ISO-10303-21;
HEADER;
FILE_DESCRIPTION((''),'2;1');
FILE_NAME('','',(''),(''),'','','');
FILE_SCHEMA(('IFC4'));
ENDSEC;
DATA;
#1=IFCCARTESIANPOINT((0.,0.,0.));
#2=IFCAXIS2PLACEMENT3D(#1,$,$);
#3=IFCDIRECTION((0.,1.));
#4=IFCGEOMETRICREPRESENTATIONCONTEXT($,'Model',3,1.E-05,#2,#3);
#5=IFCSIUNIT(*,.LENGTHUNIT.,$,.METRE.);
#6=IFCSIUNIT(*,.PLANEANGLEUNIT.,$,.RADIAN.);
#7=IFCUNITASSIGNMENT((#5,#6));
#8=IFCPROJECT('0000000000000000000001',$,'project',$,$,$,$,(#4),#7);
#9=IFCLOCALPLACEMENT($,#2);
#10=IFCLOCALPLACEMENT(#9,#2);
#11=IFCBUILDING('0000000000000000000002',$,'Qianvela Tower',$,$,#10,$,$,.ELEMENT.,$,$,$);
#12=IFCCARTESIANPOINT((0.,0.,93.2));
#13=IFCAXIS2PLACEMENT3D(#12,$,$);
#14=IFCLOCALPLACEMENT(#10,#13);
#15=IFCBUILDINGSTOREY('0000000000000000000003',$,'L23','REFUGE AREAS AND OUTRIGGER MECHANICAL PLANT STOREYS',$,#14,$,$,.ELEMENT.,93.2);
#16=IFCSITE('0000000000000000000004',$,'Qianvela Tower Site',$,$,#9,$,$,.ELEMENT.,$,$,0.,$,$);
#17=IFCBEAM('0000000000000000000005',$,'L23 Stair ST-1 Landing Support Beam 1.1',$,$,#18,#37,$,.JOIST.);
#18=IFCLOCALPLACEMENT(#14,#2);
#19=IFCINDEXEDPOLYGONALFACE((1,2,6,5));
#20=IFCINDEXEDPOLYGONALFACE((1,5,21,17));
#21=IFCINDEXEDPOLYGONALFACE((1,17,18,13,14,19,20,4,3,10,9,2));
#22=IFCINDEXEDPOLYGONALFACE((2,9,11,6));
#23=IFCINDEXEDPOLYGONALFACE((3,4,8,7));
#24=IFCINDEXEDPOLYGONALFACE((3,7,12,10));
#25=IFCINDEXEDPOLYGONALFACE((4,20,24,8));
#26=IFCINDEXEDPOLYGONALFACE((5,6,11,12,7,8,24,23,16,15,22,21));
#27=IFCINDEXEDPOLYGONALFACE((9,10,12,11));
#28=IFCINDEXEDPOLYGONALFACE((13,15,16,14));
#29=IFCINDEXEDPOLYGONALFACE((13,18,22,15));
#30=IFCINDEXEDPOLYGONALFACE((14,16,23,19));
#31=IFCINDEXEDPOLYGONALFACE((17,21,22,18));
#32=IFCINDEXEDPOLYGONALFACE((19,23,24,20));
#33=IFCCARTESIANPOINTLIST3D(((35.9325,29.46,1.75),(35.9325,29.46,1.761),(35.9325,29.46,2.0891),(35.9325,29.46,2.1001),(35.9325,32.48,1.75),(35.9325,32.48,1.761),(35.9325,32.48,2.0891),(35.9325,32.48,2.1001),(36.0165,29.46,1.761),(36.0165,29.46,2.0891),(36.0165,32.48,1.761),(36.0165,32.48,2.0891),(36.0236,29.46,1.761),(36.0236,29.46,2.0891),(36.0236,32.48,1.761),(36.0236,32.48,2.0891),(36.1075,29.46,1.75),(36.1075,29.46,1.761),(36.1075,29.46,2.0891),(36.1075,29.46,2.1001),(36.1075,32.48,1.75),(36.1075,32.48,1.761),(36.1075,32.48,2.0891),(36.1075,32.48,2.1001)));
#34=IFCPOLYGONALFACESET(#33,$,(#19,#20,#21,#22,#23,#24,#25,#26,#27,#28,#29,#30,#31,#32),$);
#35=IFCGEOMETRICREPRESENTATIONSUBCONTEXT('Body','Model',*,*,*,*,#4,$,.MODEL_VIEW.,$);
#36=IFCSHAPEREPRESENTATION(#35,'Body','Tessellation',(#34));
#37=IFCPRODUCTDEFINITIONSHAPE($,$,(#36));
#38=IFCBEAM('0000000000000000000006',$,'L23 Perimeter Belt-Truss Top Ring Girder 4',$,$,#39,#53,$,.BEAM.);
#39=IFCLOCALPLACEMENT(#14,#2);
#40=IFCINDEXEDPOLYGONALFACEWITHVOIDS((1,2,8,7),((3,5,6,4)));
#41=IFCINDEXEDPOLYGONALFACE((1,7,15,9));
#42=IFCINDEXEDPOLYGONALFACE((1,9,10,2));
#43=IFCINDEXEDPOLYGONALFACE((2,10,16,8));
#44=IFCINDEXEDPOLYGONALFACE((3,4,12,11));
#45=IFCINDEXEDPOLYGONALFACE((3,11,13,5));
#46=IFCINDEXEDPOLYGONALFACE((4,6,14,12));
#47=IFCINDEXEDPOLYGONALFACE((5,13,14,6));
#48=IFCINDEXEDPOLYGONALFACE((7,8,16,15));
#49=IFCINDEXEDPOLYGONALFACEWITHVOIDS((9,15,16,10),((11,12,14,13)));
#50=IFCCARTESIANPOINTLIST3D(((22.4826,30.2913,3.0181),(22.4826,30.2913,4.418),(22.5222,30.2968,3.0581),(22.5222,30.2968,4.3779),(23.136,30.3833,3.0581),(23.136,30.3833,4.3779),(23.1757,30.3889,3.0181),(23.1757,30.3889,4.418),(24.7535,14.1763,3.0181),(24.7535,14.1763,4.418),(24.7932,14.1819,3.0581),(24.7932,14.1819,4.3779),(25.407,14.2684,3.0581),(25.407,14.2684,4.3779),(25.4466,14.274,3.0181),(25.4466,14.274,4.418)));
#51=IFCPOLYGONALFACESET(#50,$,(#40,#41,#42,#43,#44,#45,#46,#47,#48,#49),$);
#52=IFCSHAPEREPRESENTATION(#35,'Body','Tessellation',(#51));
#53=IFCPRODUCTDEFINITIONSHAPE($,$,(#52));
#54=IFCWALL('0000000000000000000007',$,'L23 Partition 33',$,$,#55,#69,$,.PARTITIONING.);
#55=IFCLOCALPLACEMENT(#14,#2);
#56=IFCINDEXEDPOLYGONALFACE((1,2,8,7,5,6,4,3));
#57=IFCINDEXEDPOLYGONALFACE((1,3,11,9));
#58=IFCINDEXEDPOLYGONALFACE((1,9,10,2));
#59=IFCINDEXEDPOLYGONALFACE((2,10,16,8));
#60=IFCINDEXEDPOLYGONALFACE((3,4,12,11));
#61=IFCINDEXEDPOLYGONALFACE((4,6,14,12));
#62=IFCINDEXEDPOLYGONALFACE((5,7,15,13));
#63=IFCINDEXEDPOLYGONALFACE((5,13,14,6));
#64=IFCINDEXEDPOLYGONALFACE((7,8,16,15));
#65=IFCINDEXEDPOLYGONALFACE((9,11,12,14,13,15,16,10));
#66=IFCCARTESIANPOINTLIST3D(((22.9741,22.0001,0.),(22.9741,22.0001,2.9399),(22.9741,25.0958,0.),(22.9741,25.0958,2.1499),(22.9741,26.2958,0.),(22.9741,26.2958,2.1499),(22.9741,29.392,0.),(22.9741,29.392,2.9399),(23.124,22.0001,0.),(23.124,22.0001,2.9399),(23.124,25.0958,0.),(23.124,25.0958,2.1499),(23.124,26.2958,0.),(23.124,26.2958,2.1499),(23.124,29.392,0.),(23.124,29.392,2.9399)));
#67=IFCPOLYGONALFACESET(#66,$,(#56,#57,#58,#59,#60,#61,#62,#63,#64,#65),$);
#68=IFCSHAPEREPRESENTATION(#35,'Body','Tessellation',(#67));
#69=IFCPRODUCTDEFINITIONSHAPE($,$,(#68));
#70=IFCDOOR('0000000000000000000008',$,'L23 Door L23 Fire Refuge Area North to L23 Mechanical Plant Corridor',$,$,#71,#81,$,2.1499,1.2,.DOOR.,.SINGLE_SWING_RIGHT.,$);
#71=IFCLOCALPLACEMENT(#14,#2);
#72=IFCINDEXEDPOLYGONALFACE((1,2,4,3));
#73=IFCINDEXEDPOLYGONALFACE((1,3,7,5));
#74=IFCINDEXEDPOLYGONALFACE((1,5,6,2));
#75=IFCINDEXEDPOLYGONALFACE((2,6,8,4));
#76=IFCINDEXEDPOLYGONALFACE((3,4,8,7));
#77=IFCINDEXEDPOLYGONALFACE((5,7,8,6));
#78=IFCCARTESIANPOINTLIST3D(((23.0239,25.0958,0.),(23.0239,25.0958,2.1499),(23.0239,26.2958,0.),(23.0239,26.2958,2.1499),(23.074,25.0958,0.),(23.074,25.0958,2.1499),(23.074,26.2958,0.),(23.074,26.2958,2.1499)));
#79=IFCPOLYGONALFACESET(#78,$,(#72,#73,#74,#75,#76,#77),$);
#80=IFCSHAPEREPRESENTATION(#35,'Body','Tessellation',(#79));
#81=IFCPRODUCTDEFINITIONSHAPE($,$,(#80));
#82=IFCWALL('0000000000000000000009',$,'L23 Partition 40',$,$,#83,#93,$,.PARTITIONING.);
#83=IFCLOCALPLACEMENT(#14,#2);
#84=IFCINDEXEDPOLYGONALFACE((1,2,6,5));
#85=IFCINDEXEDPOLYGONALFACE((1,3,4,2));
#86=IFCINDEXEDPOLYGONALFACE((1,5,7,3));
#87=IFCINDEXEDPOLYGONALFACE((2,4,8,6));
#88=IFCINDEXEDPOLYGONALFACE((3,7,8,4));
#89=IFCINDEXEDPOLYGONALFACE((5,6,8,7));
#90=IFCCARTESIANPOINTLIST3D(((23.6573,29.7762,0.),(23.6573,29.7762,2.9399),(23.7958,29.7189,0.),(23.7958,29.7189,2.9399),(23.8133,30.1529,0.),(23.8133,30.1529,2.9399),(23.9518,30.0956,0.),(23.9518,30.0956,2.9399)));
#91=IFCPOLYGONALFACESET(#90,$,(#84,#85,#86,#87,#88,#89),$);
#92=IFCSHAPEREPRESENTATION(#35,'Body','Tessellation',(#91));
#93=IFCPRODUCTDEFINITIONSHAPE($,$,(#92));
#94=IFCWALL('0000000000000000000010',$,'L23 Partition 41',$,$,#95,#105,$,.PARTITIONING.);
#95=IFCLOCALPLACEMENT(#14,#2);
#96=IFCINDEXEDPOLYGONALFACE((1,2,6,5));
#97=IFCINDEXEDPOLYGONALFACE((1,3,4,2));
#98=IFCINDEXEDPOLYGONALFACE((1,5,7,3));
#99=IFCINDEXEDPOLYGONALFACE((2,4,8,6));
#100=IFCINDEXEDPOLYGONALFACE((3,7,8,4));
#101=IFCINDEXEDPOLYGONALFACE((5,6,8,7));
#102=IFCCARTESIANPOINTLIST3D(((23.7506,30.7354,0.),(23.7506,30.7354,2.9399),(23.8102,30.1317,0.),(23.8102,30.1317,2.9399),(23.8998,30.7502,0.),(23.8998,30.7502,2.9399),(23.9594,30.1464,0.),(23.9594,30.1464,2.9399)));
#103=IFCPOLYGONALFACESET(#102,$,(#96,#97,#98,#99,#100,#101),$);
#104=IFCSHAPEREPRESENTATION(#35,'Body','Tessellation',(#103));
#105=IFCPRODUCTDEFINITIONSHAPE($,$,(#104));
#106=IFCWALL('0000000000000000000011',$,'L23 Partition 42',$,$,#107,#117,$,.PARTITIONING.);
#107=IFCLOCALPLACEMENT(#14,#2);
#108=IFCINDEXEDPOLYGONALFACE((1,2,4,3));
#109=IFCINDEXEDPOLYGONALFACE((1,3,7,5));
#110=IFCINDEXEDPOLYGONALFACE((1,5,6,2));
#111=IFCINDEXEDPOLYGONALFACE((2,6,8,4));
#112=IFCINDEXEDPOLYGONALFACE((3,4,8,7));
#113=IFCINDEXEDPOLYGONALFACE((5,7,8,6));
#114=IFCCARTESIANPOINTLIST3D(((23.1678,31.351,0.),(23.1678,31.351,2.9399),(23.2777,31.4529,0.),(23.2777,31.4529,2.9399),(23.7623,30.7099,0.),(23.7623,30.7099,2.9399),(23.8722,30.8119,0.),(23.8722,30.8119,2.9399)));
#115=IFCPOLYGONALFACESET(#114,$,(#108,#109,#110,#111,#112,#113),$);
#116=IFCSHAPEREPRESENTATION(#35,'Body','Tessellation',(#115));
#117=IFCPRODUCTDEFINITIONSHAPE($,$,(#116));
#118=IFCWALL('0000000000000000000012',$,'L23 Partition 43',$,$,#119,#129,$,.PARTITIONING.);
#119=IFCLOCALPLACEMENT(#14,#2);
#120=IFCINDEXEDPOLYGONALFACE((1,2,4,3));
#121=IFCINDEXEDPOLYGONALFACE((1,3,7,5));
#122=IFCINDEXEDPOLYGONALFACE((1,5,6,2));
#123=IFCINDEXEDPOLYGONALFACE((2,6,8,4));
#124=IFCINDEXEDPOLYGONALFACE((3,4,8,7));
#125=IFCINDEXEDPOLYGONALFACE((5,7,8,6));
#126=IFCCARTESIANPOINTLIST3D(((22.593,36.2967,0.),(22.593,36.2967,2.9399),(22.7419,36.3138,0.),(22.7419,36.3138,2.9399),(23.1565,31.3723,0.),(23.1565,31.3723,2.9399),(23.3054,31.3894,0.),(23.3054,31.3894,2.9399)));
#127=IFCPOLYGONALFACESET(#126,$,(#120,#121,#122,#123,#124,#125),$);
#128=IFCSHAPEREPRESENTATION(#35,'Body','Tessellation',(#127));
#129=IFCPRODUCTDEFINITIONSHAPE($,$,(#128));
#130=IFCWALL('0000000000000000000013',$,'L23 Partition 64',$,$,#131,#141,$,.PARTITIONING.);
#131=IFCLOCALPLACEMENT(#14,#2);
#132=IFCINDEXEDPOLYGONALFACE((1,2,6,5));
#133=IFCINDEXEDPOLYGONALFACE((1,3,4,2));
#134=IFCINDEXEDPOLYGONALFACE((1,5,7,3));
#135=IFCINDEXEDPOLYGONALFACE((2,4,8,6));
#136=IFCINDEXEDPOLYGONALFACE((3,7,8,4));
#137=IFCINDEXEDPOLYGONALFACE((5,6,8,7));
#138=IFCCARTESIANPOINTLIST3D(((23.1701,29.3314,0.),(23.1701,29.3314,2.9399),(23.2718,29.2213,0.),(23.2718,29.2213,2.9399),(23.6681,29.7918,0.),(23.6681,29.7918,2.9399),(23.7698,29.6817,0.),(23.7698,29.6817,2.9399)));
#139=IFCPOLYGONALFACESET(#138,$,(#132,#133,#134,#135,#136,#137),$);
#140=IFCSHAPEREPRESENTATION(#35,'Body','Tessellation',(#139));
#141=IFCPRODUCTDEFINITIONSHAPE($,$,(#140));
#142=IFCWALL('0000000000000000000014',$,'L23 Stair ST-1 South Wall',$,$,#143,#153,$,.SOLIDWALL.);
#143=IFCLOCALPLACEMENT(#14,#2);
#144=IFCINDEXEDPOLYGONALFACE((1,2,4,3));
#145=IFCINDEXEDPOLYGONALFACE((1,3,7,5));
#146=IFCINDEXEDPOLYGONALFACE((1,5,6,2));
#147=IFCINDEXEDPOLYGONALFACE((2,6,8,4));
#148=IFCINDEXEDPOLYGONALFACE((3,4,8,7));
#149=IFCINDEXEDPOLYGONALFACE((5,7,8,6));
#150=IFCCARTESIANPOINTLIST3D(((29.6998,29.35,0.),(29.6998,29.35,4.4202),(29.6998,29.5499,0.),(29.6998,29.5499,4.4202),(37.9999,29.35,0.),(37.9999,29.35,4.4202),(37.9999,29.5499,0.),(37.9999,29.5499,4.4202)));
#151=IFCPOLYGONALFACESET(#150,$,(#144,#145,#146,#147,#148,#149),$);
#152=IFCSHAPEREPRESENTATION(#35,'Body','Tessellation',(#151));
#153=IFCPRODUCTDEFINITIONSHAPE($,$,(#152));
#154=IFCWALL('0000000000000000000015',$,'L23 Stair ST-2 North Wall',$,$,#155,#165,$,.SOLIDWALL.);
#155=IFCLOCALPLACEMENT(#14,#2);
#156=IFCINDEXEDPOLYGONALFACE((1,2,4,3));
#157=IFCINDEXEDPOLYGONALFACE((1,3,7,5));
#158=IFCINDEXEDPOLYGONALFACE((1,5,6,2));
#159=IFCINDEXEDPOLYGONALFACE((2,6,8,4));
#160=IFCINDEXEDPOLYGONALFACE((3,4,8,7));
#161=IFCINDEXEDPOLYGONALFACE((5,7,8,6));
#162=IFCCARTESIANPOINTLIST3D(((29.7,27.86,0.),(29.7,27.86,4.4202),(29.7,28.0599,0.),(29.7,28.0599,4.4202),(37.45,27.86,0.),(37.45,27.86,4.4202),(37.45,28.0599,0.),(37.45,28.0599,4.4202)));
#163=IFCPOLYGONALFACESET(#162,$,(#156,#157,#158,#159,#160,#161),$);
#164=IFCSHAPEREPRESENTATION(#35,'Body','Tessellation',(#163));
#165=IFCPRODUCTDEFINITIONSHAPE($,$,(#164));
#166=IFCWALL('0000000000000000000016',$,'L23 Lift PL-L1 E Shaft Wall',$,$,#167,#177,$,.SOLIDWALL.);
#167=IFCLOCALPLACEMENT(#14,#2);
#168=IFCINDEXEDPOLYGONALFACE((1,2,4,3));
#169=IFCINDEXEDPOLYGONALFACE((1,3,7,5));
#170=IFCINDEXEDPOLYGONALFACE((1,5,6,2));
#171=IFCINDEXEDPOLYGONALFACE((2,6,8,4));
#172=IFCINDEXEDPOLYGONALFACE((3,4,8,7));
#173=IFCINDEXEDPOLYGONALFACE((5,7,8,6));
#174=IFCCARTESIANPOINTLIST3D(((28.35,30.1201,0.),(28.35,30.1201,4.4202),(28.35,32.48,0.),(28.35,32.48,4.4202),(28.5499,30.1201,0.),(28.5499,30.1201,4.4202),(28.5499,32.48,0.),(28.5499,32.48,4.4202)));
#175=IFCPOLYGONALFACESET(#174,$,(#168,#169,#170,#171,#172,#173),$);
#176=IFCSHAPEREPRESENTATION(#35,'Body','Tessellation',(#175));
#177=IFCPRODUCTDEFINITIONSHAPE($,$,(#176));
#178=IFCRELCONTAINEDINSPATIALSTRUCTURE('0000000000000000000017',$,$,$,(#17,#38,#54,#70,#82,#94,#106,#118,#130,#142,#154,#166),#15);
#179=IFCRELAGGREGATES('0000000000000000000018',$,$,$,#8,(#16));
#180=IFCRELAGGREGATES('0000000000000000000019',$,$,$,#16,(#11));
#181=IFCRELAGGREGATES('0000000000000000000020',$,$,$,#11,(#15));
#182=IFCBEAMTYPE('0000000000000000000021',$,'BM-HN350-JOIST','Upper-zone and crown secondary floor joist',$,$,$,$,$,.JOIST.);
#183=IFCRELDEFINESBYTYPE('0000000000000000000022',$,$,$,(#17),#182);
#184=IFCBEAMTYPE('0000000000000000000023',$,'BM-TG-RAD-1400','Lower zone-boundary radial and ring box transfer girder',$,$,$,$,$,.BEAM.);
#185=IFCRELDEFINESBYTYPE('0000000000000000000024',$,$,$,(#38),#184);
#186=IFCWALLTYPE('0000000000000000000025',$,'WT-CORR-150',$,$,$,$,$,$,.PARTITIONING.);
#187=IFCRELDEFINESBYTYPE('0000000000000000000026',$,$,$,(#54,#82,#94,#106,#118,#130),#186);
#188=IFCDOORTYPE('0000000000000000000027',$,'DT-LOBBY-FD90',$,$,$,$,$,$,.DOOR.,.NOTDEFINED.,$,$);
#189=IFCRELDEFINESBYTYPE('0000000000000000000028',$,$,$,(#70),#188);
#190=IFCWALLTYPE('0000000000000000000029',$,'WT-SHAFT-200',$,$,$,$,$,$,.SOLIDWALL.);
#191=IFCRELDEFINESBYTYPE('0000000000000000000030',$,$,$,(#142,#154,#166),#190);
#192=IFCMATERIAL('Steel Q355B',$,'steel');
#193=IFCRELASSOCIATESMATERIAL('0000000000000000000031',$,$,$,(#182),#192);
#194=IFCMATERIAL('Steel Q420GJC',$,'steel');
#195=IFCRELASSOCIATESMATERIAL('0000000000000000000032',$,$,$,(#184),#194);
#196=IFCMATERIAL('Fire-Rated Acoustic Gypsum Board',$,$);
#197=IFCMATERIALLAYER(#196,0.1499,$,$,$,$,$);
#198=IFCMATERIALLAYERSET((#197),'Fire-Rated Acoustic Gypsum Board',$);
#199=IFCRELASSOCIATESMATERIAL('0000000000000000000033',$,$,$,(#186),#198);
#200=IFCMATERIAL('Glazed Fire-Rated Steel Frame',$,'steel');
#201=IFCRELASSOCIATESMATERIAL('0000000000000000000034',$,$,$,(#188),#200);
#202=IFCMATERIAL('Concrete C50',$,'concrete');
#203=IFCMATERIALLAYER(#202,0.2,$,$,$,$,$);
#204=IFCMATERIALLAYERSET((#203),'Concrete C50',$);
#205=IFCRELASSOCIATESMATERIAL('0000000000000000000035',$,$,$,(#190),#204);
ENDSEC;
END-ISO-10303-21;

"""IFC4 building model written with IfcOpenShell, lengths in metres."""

from ifc_helpers import new_model, si_unit, direction, frame, frame_2d, origin, origin_2d, place, context, subcontext, project, spatial, rectangle, hollow_rectangle, i_section, extrude, material, layer, layer_set, material_profile, profile_set, type_object, element, fill, save


model = new_model("IFC4")

# Units and contexts
model_context = context("Model", 3, precision=1e-05, world=origin(), true_north=direction((0.0, 1.0)))
body_context = subcontext(model_context, "Body", "Model", "MODEL_VIEW")
ifc_project = project(units=[si_unit("LENGTHUNIT", "METRE"), si_unit("PLANEANGLEUNIT", "RADIAN")], contexts=[model_context])

# Site, building, storey
site_placement = place(None, origin())
site = spatial("IfcSite", under=ifc_project, at=site_placement, Name="Qianvela Tower Site", CompositionType="ELEMENT", RefElevation=0.0)
building_placement = place(site_placement, origin())
building = spatial("IfcBuilding", under=site, at=building_placement, Name="Qianvela Tower", CompositionType="ELEMENT")
storey_placement = place(building_placement, frame((0.0, 0.0, 93.2)))
storey = spatial("IfcBuildingStorey", under=building, at=storey_placement, Name="L23", Description="REFUGE AREAS AND OUTRIGGER MECHANICAL PLANT STOREYS", CompositionType="ELEMENT", Elevation=93.2)

# Beams
ifc_material_1 = material(Name="Steel Q355B", Category="steel")
ifc_material_profile_1 = material_profile(ifc_material_1, i_section(OverallWidth=0.175, OverallDepth=0.3501, WebThickness=0.0071, FlangeThickness=0.011, at=origin_2d()), Name="HN350x175x7x11")
ifc_profile_set_1 = profile_set([ifc_material_profile_1], Name="Steel Q355B")
beam_type_1 = type_object("IfcBeamType", Name="BM-HN350-JOIST", Description="Upper-zone and crown secondary floor joist", PredefinedType="JOIST", material=ifc_profile_set_1)
beam_1_placement = place(storey_placement, frame((36.02, 29.46, 1.925), z_axis=(0.0, 1.0, 0.0), x_axis=(-1.0, 0.0, 0.0)))
element("IfcBeam", 1, at=beam_1_placement, inside=storey, type_object=beam_type_1, Name="L23 Stair ST-1 Landing Support Beam 1.1", PredefinedType="JOIST", context=body_context, shape_type="SweptSolid", body=[
    extrude(i_section(OverallWidth=0.175, OverallDepth=0.3501, WebThickness=0.0071, FlangeThickness=0.011, at=origin_2d()), origin(), (0.0, 0.0, 1.0), 3.02),
])
ifc_material_2 = material(Name="Steel Q420GJC", Category="steel")
ifc_material_profile_2 = material_profile(ifc_material_2, hollow_rectangle(XDim=0.7, YDim=1.3999, WallThickness=0.04, at=origin_2d()), Name="TG-BOX-1400x700x40")
ifc_profile_set_2 = profile_set([ifc_material_profile_2], Name="Steel Q420GJC")
beam_type_2 = type_object("IfcBeamType", Name="BM-TG-RAD-1400", Description="Lower zone-boundary radial and ring box transfer girder", PredefinedType="BEAM", material=ifc_profile_set_2)
beam_2_placement = place(storey_placement, frame((22.8291, 30.3401, 3.718), z_axis=(0.139546, -0.990216, 0.0), x_axis=(0.990216, 0.139546, 0.0)))
element("IfcBeam", 2, at=beam_2_placement, inside=storey, type_object=beam_type_2, Name="L23 Perimeter Belt-Truss Top Ring Girder 4", PredefinedType="BEAM", context=body_context, shape_type="SweptSolid", body=[
    extrude(hollow_rectangle(XDim=0.7, YDim=1.3999, WallThickness=0.04, at=origin_2d()), origin(), (0.0, 0.0, 1.0), 16.2742),
])

# Wall, opening, door
ifc_material_3 = material(Name="Fire-Rated Acoustic Gypsum Board")
ifc_layer_1 = layer(ifc_material_3, 0.1499)
ifc_layer_set_1 = layer_set([ifc_layer_1], Name="Fire-Rated Acoustic Gypsum Board")
wall_type_1 = type_object("IfcWallType", Name="WT-CORR-150", PredefinedType="PARTITIONING", material=ifc_layer_set_1)
wall_1_placement = place(storey_placement, frame((23.0491, 29.3918, 0.0), z_axis=(0.0, 0.0, 1.0), x_axis=(0.0, -1.0, 0.0)))
wall_1 = element("IfcWall", 3, at=wall_1_placement, inside=storey, type_object=wall_type_1, Name="L23 Partition 33", PredefinedType="PARTITIONING", context=body_context, shape_type="SweptSolid", body=[
    extrude(rectangle(XDim=7.3918, YDim=0.1499, at=frame_2d((3.6958, 0.0))), origin(), (0.0, 0.0, 1.0), 2.9399),
])
opening_1_placement = place(wall_1_placement, frame((3.0959, 0.0, 0.0)))
opening_1 = element("IfcOpeningElement", 4, at=opening_1_placement, cuts=wall_1, PredefinedType="OPENING", context=body_context, shape_type="SweptSolid", body=[
    extrude(rectangle(XDim=1.2, YDim=2.1499, at=frame_2d((0.6001, 1.075))), frame((0.0, 0.085, 0.0), z_axis=(0.0, -1.0, 0.0), x_axis=(1.0, 0.0, 0.0)), (0.0, 0.0, 1.0), 0.1699),
])
ifc_material_4 = material(Name="Glazed Fire-Rated Steel Frame", Category="steel")
door_type_1 = type_object("IfcDoorType", Name="DT-LOBBY-FD90", OperationType="NOTDEFINED", PredefinedType="DOOR", material=ifc_material_4)
door_1_placement = place(opening_1_placement, origin())
door_1 = element("IfcDoor", 5, at=door_1_placement, inside=storey, type_object=door_type_1, Name="L23 Door L23 Fire Refuge Area North to L23 Mechanical Plant Corridor", OperationType="SINGLE_SWING_RIGHT", OverallHeight=2.1499, OverallWidth=1.2, PredefinedType="DOOR", context=body_context, shape_type="SweptSolid", body=[
    extrude(rectangle(XDim=1.2, YDim=2.1499, at=frame_2d((0.6001, 1.075))), frame((0.0, 0.0249, 0.0), z_axis=(0.0, -1.0, 0.0), x_axis=(1.0, 0.0, 0.0)), (0.0, 0.0, 1.0), 0.05),
])
fill(opening_1, door_1)

# Walls
wall_2_placement = place(storey_placement, frame((23.7266, 29.7476, 0.0), z_axis=(0.0, 0.0, 1.0), x_axis=(0.382616, 0.923907, 0.0)))
element("IfcWall", 6, at=wall_2_placement, inside=storey, type_object=wall_type_1, Name="L23 Partition 40", PredefinedType="PARTITIONING", context=body_context, shape_type="SweptSolid", body=[
    extrude(rectangle(XDim=0.4077, YDim=0.1499, at=frame_2d((0.2039, 0.0))), origin(), (0.0, 0.0, 1.0), 2.9399),
])
wall_3_placement = place(storey_placement, frame((23.8848, 30.1392, 0.0), z_axis=(0.0, 0.0, 1.0), x_axis=(-0.098189, 0.995168, 0.0)))
element("IfcWall", 7, at=wall_3_placement, inside=storey, type_object=wall_type_1, Name="L23 Partition 41", PredefinedType="PARTITIONING", context=body_context, shape_type="SweptSolid", body=[
    extrude(rectangle(XDim=0.6067, YDim=0.1499, at=frame_2d((0.3032, 0.0))), origin(), (0.0, 0.0, 1.0), 2.9399),
])
wall_4_placement = place(storey_placement, frame((23.8171, 30.761, 0.0), z_axis=(0.0, 0.0, 1.0), x_axis=(-0.679937, 0.733271, 0.0)))
element("IfcWall", 8, at=wall_4_placement, inside=storey, type_object=wall_type_1, Name="L23 Partition 42", PredefinedType="PARTITIONING", context=body_context, shape_type="SweptSolid", body=[
    extrude(rectangle(XDim=0.8743, YDim=0.1499, at=frame_2d((0.437, 0.0))), origin(), (0.0, 0.0, 1.0), 2.9399),
])
wall_5_placement = place(storey_placement, frame((23.231, 31.3809, 0.0), z_axis=(0.0, 0.0, 1.0), x_axis=(-0.113686, 0.993517, 0.0)))
element("IfcWall", 9, at=wall_5_placement, inside=storey, type_object=wall_type_1, Name="L23 Partition 43", PredefinedType="PARTITIONING", context=body_context, shape_type="SweptSolid", body=[
    extrude(rectangle(XDim=4.9565, YDim=0.1499, at=frame_2d((2.4783, 0.0))), origin(), (0.0, 0.0, 1.0), 2.9399),
])
wall_6_placement = place(storey_placement, frame((23.2209, 29.2764, 0.0), z_axis=(0.0, 0.0, 1.0), x_axis=(0.734279, 0.678848, 0.0)))
element("IfcWall", 10, at=wall_6_placement, inside=storey, type_object=wall_type_1, Name="L23 Partition 64", PredefinedType="PARTITIONING", context=body_context, shape_type="SweptSolid", body=[
    extrude(rectangle(XDim=0.6782, YDim=0.1499, at=frame_2d((0.3391, 0.0))), origin(), (0.0, 0.0, 1.0), 2.9399),
])
ifc_material_5 = material(Name="Concrete C50", Category="concrete")
ifc_layer_2 = layer(ifc_material_5, 0.2)
ifc_layer_set_2 = layer_set([ifc_layer_2], Name="Concrete C50")
wall_type_2 = type_object("IfcWallType", Name="WT-SHAFT-200", PredefinedType="SOLIDWALL", material=ifc_layer_set_2)
wall_7_placement = place(storey_placement, frame((29.7, 29.45, 0.0), z_axis=(0.0, 0.0, 1.0), x_axis=(1.0, 0.0, 0.0)))
element("IfcWall", 11, at=wall_7_placement, inside=storey, type_object=wall_type_2, Name="L23 Stair ST-1 South Wall", PredefinedType="SOLIDWALL", context=body_context, shape_type="SweptSolid", body=[
    extrude(rectangle(XDim=8.3, YDim=0.2, at=frame_2d((4.1499, 0.0))), origin(), (0.0, 0.0, 1.0), 4.4202),
])
wall_8_placement = place(storey_placement, frame((29.7, 27.96, 0.0), z_axis=(0.0, 0.0, 1.0), x_axis=(1.0, 0.0, 0.0)))
element("IfcWall", 12, at=wall_8_placement, inside=storey, type_object=wall_type_2, Name="L23 Stair ST-2 North Wall", PredefinedType="SOLIDWALL", context=body_context, shape_type="SweptSolid", body=[
    extrude(rectangle(XDim=7.75, YDim=0.2, at=frame_2d((3.875, 0.0))), origin(), (0.0, 0.0, 1.0), 4.4202),
])
wall_9_placement = place(storey_placement, frame((28.45, 30.1201, 0.0), z_axis=(0.0, 0.0, 1.0), x_axis=(0.0, 1.0, 0.0)))
element("IfcWall", 13, at=wall_9_placement, inside=storey, type_object=wall_type_2, Name="L23 Lift PL-L1 E Shaft Wall", PredefinedType="SOLIDWALL", context=body_context, shape_type="SweptSolid", body=[
    extrude(rectangle(XDim=2.3599, YDim=0.2, at=frame_2d((1.1799, 0.0))), origin(), (0.0, 0.0, 1.0), 4.4202),
])

save(model, "model.ifc")
